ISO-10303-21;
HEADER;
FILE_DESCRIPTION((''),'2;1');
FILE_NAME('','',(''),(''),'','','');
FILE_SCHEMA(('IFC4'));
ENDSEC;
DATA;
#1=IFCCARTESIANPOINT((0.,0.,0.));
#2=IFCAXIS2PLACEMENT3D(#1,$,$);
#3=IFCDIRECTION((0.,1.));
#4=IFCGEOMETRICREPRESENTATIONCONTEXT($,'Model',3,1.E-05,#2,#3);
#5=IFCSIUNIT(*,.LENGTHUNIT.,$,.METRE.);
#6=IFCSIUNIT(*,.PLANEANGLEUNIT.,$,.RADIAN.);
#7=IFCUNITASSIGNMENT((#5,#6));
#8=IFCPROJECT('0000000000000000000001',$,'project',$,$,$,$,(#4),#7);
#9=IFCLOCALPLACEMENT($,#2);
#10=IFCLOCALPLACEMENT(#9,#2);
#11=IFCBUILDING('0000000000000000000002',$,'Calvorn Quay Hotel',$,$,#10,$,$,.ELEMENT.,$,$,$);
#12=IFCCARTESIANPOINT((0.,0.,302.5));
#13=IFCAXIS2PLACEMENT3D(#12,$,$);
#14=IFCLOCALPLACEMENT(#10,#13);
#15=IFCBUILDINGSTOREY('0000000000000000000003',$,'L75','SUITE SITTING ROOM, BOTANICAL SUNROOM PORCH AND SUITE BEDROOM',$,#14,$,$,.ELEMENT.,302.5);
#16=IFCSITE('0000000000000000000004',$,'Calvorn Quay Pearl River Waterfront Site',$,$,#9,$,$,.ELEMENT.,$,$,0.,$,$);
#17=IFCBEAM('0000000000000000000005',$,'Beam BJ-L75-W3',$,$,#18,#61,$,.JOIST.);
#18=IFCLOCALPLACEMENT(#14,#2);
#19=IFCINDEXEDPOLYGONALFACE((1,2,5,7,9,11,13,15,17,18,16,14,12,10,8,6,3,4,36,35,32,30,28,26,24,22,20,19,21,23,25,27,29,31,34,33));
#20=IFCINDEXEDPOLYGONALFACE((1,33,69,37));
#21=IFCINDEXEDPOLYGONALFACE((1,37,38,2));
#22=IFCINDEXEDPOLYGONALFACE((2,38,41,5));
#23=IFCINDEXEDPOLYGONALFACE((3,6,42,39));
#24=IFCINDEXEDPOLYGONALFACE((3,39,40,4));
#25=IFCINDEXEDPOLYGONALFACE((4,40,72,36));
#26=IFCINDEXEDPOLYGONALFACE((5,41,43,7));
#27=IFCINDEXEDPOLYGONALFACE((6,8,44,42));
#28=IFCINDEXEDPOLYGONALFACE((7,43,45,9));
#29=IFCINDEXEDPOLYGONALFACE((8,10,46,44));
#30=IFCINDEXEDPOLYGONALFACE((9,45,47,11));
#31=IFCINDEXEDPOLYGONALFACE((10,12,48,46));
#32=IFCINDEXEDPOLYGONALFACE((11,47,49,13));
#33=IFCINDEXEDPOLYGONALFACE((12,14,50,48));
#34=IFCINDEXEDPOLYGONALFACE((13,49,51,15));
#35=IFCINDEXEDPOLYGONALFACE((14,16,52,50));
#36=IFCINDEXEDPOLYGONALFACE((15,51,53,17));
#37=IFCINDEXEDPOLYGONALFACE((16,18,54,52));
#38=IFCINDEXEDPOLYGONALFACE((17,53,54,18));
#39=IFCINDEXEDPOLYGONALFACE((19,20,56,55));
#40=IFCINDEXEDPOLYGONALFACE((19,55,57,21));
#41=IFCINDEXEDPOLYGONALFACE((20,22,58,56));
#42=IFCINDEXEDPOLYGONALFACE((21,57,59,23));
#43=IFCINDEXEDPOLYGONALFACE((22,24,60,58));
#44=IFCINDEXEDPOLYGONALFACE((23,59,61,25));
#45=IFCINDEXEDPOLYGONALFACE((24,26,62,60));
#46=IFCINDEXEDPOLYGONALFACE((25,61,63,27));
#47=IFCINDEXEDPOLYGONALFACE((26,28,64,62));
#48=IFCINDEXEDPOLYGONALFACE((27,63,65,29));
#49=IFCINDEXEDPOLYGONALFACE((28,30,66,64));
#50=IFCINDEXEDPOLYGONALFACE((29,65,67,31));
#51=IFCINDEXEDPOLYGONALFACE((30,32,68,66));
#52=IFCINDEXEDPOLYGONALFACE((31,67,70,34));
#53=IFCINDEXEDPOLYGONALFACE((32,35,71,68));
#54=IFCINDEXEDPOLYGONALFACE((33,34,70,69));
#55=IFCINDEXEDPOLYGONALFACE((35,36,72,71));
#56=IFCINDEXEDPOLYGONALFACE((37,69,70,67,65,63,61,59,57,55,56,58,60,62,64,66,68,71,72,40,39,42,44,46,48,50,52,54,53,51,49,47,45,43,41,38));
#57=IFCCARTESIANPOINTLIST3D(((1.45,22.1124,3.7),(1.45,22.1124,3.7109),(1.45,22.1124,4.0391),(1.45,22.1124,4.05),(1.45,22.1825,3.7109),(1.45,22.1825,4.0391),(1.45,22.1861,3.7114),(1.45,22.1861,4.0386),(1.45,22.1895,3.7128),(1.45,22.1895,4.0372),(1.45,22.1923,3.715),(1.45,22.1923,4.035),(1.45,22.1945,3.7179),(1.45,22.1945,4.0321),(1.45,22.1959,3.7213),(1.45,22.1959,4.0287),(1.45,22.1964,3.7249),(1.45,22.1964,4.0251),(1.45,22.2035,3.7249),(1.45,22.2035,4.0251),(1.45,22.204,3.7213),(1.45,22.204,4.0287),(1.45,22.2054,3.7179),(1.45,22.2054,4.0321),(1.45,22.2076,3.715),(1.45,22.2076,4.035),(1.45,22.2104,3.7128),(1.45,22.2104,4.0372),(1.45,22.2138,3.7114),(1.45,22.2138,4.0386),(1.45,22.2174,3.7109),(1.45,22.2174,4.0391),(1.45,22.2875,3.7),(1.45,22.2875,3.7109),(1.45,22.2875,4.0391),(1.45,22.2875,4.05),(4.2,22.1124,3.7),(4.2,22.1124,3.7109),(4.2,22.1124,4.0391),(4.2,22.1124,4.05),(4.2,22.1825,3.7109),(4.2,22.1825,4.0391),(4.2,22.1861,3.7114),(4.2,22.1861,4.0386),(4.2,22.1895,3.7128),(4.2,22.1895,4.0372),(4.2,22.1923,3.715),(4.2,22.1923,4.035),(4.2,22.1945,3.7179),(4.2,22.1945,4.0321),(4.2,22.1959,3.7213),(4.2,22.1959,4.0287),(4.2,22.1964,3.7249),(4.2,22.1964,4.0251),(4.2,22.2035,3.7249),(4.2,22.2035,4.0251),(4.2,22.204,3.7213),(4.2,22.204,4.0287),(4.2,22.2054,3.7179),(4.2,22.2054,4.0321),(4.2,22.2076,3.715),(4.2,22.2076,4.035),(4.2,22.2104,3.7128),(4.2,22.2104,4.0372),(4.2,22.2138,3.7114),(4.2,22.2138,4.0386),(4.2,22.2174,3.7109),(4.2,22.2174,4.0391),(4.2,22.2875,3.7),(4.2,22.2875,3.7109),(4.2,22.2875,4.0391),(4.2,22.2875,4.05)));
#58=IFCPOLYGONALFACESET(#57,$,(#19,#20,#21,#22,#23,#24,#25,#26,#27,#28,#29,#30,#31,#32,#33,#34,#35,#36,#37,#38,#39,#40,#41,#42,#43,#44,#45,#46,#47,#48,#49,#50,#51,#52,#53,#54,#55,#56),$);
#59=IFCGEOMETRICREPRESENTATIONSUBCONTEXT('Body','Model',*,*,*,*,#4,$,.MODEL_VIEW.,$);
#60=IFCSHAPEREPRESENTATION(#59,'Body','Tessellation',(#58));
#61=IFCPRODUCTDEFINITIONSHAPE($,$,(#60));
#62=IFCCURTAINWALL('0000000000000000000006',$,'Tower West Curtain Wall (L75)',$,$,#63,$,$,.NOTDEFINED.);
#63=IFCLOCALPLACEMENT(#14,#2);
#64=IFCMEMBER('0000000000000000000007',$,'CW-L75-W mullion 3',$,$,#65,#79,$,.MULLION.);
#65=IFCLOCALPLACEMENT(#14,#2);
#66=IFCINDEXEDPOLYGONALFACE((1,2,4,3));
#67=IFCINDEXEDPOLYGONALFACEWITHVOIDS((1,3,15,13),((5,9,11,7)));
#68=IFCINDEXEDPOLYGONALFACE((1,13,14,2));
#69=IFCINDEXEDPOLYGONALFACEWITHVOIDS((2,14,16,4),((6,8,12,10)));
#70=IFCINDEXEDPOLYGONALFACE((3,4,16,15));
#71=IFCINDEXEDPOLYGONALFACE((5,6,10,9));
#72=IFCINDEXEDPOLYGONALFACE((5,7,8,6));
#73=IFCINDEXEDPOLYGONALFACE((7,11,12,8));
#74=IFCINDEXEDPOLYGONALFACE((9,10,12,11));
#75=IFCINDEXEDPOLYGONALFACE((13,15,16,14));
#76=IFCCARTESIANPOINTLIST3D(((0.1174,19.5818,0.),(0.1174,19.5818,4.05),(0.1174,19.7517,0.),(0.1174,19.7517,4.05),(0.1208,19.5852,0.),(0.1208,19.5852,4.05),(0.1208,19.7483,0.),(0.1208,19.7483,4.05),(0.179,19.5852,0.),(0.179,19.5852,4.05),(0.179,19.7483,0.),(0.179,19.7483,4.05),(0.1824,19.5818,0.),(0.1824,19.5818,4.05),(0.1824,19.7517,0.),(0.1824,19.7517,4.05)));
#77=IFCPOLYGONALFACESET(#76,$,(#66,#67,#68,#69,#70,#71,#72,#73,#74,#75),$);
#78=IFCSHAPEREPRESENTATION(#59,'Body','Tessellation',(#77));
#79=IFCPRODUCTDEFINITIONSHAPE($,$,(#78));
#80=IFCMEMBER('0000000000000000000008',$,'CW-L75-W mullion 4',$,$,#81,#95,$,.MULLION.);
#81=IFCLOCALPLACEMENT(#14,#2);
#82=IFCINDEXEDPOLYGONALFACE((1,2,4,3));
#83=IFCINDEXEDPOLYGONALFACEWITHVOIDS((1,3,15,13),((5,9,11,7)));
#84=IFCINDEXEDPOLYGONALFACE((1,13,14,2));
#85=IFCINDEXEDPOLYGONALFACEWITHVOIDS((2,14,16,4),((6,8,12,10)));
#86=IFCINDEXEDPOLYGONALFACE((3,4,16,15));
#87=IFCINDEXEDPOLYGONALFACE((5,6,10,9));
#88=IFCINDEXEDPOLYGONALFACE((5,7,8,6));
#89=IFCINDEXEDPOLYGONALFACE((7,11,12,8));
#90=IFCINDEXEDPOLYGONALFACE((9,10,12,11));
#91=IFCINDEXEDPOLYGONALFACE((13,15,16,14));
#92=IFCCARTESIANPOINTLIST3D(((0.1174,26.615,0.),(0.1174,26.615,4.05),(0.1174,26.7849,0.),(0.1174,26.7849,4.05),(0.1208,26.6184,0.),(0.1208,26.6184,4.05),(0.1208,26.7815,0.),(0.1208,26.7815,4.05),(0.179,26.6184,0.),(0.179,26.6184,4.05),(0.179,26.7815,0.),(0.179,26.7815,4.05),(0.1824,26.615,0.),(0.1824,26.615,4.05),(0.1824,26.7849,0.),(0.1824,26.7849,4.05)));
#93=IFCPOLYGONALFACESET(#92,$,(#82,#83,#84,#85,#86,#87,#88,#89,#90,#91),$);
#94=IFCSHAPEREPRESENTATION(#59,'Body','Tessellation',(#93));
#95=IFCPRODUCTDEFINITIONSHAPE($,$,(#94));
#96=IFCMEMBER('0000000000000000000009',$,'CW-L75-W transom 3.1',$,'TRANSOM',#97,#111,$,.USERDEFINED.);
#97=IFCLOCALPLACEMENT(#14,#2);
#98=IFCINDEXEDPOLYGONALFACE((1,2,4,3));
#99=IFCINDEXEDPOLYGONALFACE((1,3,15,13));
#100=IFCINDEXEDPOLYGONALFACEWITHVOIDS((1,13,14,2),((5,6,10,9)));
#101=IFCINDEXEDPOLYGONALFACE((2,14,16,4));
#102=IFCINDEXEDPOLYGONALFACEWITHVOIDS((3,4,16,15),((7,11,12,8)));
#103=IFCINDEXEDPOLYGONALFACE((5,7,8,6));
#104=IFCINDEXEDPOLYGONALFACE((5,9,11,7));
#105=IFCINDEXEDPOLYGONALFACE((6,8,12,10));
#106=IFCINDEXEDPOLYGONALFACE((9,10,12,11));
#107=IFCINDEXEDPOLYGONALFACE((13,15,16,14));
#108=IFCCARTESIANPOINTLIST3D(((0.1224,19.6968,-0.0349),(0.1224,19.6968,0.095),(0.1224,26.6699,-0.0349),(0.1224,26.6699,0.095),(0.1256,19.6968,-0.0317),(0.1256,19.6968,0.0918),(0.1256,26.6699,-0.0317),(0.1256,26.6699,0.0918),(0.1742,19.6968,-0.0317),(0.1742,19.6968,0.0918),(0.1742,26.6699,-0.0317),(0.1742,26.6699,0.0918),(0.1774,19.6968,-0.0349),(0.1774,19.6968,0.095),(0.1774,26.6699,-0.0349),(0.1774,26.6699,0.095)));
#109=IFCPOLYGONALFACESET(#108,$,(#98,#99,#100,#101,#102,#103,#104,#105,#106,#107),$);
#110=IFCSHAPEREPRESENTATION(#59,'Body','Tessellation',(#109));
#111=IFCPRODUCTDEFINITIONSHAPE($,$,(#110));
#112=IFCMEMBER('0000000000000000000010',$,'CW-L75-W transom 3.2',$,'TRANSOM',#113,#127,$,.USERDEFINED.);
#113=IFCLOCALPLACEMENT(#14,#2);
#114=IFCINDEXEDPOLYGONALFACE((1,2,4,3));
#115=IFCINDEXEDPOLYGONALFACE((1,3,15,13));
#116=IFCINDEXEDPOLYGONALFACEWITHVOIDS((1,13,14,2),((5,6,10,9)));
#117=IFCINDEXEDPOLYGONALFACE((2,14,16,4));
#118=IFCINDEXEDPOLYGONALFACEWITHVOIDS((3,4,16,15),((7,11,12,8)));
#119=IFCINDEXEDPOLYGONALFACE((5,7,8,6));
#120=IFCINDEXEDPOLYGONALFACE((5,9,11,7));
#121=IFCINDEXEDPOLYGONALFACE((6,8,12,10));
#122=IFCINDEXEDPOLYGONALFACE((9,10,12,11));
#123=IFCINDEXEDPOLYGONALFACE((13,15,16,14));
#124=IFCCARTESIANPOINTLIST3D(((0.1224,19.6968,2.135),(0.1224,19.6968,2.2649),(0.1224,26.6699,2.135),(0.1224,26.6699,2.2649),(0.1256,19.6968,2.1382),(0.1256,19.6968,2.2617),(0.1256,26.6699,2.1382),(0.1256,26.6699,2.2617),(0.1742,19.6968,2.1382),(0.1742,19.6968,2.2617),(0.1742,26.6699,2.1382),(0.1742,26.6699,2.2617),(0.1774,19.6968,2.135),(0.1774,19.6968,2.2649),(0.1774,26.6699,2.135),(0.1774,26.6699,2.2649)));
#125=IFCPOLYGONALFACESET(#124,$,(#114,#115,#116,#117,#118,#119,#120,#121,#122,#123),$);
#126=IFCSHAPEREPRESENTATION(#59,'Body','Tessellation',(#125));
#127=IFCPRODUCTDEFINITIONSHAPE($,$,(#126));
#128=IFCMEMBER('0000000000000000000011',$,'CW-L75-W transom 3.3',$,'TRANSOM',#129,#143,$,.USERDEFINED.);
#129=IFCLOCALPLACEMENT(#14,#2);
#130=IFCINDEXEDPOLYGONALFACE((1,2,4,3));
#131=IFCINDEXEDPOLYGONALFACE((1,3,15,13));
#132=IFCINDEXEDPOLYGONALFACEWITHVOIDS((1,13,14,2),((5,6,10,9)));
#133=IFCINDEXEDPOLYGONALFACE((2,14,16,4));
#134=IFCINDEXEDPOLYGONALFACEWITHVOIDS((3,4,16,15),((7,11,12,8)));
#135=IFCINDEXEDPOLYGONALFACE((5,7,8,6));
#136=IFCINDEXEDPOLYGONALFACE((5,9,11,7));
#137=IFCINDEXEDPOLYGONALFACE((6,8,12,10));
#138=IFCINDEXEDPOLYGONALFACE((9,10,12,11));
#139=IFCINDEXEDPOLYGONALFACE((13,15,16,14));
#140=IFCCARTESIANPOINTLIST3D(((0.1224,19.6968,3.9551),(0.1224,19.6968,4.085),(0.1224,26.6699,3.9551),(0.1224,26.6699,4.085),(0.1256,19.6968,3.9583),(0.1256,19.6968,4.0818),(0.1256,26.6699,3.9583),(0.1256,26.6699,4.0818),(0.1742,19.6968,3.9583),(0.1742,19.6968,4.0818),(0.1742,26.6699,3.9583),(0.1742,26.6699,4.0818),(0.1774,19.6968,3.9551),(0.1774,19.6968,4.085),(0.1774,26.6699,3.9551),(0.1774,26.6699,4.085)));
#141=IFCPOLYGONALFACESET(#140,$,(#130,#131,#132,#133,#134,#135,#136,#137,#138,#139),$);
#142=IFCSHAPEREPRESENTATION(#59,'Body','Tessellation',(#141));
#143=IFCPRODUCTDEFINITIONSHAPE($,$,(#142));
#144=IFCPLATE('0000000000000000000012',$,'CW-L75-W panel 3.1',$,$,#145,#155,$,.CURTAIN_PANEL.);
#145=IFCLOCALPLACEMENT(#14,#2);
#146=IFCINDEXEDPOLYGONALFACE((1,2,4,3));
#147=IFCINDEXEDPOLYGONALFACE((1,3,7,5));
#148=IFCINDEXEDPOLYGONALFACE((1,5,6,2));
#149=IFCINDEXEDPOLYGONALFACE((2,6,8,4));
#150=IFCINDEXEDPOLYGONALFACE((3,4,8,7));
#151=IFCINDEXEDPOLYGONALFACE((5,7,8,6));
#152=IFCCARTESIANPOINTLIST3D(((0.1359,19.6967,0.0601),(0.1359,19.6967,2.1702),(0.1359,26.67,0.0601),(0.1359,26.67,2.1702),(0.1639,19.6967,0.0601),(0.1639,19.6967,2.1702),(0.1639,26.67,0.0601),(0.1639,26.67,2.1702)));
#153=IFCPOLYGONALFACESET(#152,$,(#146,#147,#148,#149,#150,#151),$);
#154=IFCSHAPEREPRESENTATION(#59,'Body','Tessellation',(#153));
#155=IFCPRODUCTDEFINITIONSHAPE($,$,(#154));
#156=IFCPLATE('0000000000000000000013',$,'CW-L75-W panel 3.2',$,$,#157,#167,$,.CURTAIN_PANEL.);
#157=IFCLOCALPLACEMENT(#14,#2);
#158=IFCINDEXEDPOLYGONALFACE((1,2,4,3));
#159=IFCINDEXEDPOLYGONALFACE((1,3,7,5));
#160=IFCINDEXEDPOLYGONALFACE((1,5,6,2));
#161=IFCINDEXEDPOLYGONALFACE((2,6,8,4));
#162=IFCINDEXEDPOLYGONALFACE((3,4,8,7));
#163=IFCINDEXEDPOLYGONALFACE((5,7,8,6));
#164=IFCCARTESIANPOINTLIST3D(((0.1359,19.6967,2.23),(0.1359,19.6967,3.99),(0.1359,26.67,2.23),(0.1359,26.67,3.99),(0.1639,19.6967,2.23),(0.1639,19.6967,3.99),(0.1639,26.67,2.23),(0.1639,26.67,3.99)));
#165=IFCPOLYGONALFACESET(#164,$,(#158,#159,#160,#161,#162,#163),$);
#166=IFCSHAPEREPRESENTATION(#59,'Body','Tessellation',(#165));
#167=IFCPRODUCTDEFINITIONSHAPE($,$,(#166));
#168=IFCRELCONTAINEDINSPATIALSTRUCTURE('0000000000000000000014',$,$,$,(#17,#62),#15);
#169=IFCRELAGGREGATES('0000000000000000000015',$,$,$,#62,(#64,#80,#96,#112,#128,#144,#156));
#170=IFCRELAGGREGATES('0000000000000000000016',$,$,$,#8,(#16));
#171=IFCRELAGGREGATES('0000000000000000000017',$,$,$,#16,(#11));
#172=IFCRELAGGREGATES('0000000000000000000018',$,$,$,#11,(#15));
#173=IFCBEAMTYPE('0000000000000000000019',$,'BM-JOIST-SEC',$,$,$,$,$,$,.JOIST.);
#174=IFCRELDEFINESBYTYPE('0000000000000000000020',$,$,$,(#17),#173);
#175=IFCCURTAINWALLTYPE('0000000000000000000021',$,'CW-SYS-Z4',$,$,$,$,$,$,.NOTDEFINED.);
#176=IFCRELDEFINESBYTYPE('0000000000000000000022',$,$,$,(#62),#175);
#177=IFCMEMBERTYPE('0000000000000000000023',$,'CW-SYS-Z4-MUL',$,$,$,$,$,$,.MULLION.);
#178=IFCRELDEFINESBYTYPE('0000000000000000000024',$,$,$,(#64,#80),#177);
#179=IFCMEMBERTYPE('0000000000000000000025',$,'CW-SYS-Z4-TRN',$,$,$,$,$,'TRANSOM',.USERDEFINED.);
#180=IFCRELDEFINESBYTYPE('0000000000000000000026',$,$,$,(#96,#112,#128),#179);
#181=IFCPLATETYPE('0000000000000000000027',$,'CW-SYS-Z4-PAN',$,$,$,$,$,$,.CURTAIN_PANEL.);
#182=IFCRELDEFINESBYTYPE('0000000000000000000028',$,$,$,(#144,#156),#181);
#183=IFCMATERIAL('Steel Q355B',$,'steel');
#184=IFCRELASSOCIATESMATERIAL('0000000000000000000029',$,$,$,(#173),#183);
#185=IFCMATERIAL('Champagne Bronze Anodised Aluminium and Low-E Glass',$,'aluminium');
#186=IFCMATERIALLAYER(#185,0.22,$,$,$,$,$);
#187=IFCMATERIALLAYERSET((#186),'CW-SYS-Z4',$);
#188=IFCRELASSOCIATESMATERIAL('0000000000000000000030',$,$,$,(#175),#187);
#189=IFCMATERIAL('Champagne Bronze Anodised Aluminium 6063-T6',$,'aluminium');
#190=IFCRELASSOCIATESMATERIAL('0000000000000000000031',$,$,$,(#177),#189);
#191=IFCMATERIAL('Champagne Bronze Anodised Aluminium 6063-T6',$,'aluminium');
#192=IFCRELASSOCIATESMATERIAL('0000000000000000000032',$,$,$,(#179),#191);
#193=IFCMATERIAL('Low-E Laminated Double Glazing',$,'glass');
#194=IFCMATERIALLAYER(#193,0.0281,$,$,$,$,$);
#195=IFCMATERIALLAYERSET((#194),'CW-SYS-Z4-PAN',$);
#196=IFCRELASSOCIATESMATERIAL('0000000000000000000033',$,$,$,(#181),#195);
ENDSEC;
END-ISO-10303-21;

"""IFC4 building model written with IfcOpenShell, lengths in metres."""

from ifc_helpers import new_model, si_unit, direction, frame, origin, origin_2d, place, context, subcontext, project, spatial, rectangle, hollow_rectangle, i_section, extrude, material, layer, layer_set, material_profile, profile_set, type_object, element, aggregate, save


model = new_model("IFC4")

# Units and contexts
model_context = context("Model", 3, precision=1e-05, world=origin(), true_north=direction((0.0, 1.0)))
body_context = subcontext(model_context, "Body", "Model", "MODEL_VIEW")
ifc_project = project(units=[si_unit("LENGTHUNIT", "METRE"), si_unit("PLANEANGLEUNIT", "RADIAN")], contexts=[model_context])

# Site, building, storey
site_placement = place(None, origin())
site = spatial("IfcSite", under=ifc_project, at=site_placement, Name="Calvorn Quay Pearl River Waterfront Site", CompositionType="ELEMENT", RefElevation=0.0)
building_placement = place(site_placement, origin())
building = spatial("IfcBuilding", under=site, at=building_placement, Name="Calvorn Quay Hotel", CompositionType="ELEMENT")
storey_placement = place(building_placement, frame((0.0, 0.0, 302.5)))
storey = spatial("IfcBuildingStorey", under=building, at=storey_placement, Name="L75", Description="SUITE SITTING ROOM, BOTANICAL SUNROOM PORCH AND SUITE BEDROOM", CompositionType="ELEMENT", Elevation=302.5)

# Beam
ifc_material_1 = material(Name="Steel Q355B", Category="steel")
ifc_material_profile_1 = material_profile(ifc_material_1, i_section(OverallWidth=0.175, OverallDepth=0.3501, WebThickness=0.0071, FlangeThickness=0.011, FilletRadius=0.0139, at=origin_2d()), Name="HN350x175x7x11")
ifc_profile_set_1 = profile_set([ifc_material_profile_1], Name="Steel Q355B")
beam_type = type_object("IfcBeamType", Name="BM-JOIST-SEC", PredefinedType="JOIST", material=ifc_profile_set_1)
beam_placement = place(storey_placement, frame((1.45, 22.2, 3.875), z_axis=(1.0, 0.0, 0.0), x_axis=(0.0, 1.0, 0.0)))
element("IfcBeam", 1, at=beam_placement, inside=storey, type_object=beam_type, Name="Beam BJ-L75-W3", PredefinedType="JOIST", context=body_context, shape_type="SweptSolid", body=[
    extrude(i_section(OverallWidth=0.175, OverallDepth=0.3501, WebThickness=0.0071, FlangeThickness=0.011, FilletRadius=0.0139, at=origin_2d()), origin(), (0.0, 0.0, 1.0), 2.75),
])

# Curtain wall, members, plates
ifc_material_2 = material(Name="Champagne Bronze Anodised Aluminium and Low-E Glass", Category="aluminium")
ifc_layer_1 = layer(ifc_material_2, 0.22)
ifc_layer_set_1 = layer_set([ifc_layer_1], Name="CW-SYS-Z4")
curtain_wall_type = type_object("IfcCurtainWallType", Name="CW-SYS-Z4", PredefinedType="NOTDEFINED", material=ifc_layer_set_1)
curtain_wall_placement = place(storey_placement, origin())
curtain_wall = element("IfcCurtainWall", 2, at=curtain_wall_placement, inside=storey, type_object=curtain_wall_type, Name="Tower West Curtain Wall (L75)", PredefinedType="NOTDEFINED")
ifc_material_3 = material(Name="Champagne Bronze Anodised Aluminium 6063-T6", Category="aluminium")
ifc_material_profile_2 = material_profile(ifc_material_3, hollow_rectangle(XDim=0.0649, YDim=0.1699, WallThickness=0.0034, at=origin_2d()), Name="ALU-M170x65x3.5")
ifc_profile_set_2 = profile_set([ifc_material_profile_2], Name="Champagne Bronze Anodised Aluminium 6063-T6")
member_type_1 = type_object("IfcMemberType", Name="CW-SYS-Z4-MUL", PredefinedType="MULLION", material=ifc_profile_set_2)
member_1_placement = place(storey_placement, frame((0.1499, 19.6667, 0.0), z_axis=(0.0, 0.0, 1.0), x_axis=(-1.0, 0.0, 0.0)))
member_1 = element("IfcMember", 3, at=member_1_placement, type_object=member_type_1, Name="CW-L75-W mullion 3", PredefinedType="MULLION", context=body_context, shape_type="SweptSolid", body=[
    extrude(hollow_rectangle(XDim=0.0649, YDim=0.1699, WallThickness=0.0034, at=origin_2d()), origin(), (0.0, 0.0, 1.0), 4.05),
])
member_2_placement = place(storey_placement, frame((0.1499, 26.7, 0.0), z_axis=(0.0, 0.0, 1.0), x_axis=(-1.0, 0.0, 0.0)))
member_2 = element("IfcMember", 4, at=member_2_placement, type_object=member_type_1, Name="CW-L75-W mullion 4", PredefinedType="MULLION", context=body_context, shape_type="SweptSolid", body=[
    extrude(hollow_rectangle(XDim=0.0649, YDim=0.1699, WallThickness=0.0034, at=origin_2d()), origin(), (0.0, 0.0, 1.0), 4.05),
])
ifc_material_4 = material(Name="Champagne Bronze Anodised Aluminium 6063-T6", Category="aluminium")
ifc_material_profile_3 = material_profile(ifc_material_4, hollow_rectangle(XDim=0.0549, YDim=0.1299, WallThickness=0.0032, at=origin_2d()), Name="ALU-T130x55x3.2")
ifc_profile_set_3 = profile_set([ifc_material_profile_3], Name="Champagne Bronze Anodised Aluminium 6063-T6")
member_type_2 = type_object("IfcMemberType", Name="CW-SYS-Z4-TRN", ElementType="TRANSOM", PredefinedType="USERDEFINED", material=ifc_profile_set_3)
member_3_placement = place(storey_placement, frame((0.1499, 19.6968, 0.03), z_axis=(0.0, 1.0, 0.0), x_axis=(-1.0, 0.0, 0.0)))
member_3 = element("IfcMember", 5, at=member_3_placement, type_object=member_type_2, Name="CW-L75-W transom 3.1", ObjectType="TRANSOM", PredefinedType="USERDEFINED", context=body_context, shape_type="SweptSolid", body=[
    extrude(hollow_rectangle(XDim=0.0549, YDim=0.1299, WallThickness=0.0032, at=origin_2d()), origin(), (0.0, 0.0, 1.0), 6.9731),
])
member_4_placement = place(storey_placement, frame((0.1499, 19.6968, 2.2), z_axis=(0.0, 1.0, 0.0), x_axis=(-1.0, 0.0, 0.0)))
member_4 = element("IfcMember", 6, at=member_4_placement, type_object=member_type_2, Name="CW-L75-W transom 3.2", ObjectType="TRANSOM", PredefinedType="USERDEFINED", context=body_context, shape_type="SweptSolid", body=[
    extrude(hollow_rectangle(XDim=0.0549, YDim=0.1299, WallThickness=0.0032, at=origin_2d()), origin(), (0.0, 0.0, 1.0), 6.9731),
])
member_5_placement = place(storey_placement, frame((0.1499, 19.6968, 4.02), z_axis=(0.0, 1.0, 0.0), x_axis=(-1.0, 0.0, 0.0)))
member_5 = element("IfcMember", 7, at=member_5_placement, type_object=member_type_2, Name="CW-L75-W transom 3.3", ObjectType="TRANSOM", PredefinedType="USERDEFINED", context=body_context, shape_type="SweptSolid", body=[
    extrude(hollow_rectangle(XDim=0.0549, YDim=0.1299, WallThickness=0.0032, at=origin_2d()), origin(), (0.0, 0.0, 1.0), 6.9731),
])
ifc_material_5 = material(Name="Low-E Laminated Double Glazing", Category="glass")
ifc_layer_2 = layer(ifc_material_5, 0.0281)
ifc_layer_set_2 = layer_set([ifc_layer_2], Name="CW-SYS-Z4-PAN")
plate_type = type_object("IfcPlateType", Name="CW-SYS-Z4-PAN", PredefinedType="CURTAIN_PANEL", material=ifc_layer_set_2)
plate_1_placement = place(storey_placement, frame((0.1499, 23.1833, 0.0601), z_axis=(0.0, 0.0, 1.0), x_axis=(0.0, 1.0, 0.0)))
plate_1 = element("IfcPlate", 8, at=plate_1_placement, type_object=plate_type, Name="CW-L75-W panel 3.1", PredefinedType="CURTAIN_PANEL", context=body_context, shape_type="SweptSolid", body=[
    extrude(rectangle(XDim=6.9734, YDim=0.0281, at=origin_2d()), origin(), (0.0, 0.0, 1.0), 2.1101),
])
plate_2_placement = place(storey_placement, frame((0.1499, 23.1833, 2.23), z_axis=(0.0, 0.0, 1.0), x_axis=(0.0, 1.0, 0.0)))
plate_2 = element("IfcPlate", 9, at=plate_2_placement, type_object=plate_type, Name="CW-L75-W panel 3.2", PredefinedType="CURTAIN_PANEL", context=body_context, shape_type="SweptSolid", body=[
    extrude(rectangle(XDim=6.9734, YDim=0.0281, at=origin_2d()), origin(), (0.0, 0.0, 1.0), 1.76),
])
aggregate(curtain_wall, [member_1, member_2, member_3, member_4, member_5, plate_1, plate_2])

save(model, "model.ifc")
